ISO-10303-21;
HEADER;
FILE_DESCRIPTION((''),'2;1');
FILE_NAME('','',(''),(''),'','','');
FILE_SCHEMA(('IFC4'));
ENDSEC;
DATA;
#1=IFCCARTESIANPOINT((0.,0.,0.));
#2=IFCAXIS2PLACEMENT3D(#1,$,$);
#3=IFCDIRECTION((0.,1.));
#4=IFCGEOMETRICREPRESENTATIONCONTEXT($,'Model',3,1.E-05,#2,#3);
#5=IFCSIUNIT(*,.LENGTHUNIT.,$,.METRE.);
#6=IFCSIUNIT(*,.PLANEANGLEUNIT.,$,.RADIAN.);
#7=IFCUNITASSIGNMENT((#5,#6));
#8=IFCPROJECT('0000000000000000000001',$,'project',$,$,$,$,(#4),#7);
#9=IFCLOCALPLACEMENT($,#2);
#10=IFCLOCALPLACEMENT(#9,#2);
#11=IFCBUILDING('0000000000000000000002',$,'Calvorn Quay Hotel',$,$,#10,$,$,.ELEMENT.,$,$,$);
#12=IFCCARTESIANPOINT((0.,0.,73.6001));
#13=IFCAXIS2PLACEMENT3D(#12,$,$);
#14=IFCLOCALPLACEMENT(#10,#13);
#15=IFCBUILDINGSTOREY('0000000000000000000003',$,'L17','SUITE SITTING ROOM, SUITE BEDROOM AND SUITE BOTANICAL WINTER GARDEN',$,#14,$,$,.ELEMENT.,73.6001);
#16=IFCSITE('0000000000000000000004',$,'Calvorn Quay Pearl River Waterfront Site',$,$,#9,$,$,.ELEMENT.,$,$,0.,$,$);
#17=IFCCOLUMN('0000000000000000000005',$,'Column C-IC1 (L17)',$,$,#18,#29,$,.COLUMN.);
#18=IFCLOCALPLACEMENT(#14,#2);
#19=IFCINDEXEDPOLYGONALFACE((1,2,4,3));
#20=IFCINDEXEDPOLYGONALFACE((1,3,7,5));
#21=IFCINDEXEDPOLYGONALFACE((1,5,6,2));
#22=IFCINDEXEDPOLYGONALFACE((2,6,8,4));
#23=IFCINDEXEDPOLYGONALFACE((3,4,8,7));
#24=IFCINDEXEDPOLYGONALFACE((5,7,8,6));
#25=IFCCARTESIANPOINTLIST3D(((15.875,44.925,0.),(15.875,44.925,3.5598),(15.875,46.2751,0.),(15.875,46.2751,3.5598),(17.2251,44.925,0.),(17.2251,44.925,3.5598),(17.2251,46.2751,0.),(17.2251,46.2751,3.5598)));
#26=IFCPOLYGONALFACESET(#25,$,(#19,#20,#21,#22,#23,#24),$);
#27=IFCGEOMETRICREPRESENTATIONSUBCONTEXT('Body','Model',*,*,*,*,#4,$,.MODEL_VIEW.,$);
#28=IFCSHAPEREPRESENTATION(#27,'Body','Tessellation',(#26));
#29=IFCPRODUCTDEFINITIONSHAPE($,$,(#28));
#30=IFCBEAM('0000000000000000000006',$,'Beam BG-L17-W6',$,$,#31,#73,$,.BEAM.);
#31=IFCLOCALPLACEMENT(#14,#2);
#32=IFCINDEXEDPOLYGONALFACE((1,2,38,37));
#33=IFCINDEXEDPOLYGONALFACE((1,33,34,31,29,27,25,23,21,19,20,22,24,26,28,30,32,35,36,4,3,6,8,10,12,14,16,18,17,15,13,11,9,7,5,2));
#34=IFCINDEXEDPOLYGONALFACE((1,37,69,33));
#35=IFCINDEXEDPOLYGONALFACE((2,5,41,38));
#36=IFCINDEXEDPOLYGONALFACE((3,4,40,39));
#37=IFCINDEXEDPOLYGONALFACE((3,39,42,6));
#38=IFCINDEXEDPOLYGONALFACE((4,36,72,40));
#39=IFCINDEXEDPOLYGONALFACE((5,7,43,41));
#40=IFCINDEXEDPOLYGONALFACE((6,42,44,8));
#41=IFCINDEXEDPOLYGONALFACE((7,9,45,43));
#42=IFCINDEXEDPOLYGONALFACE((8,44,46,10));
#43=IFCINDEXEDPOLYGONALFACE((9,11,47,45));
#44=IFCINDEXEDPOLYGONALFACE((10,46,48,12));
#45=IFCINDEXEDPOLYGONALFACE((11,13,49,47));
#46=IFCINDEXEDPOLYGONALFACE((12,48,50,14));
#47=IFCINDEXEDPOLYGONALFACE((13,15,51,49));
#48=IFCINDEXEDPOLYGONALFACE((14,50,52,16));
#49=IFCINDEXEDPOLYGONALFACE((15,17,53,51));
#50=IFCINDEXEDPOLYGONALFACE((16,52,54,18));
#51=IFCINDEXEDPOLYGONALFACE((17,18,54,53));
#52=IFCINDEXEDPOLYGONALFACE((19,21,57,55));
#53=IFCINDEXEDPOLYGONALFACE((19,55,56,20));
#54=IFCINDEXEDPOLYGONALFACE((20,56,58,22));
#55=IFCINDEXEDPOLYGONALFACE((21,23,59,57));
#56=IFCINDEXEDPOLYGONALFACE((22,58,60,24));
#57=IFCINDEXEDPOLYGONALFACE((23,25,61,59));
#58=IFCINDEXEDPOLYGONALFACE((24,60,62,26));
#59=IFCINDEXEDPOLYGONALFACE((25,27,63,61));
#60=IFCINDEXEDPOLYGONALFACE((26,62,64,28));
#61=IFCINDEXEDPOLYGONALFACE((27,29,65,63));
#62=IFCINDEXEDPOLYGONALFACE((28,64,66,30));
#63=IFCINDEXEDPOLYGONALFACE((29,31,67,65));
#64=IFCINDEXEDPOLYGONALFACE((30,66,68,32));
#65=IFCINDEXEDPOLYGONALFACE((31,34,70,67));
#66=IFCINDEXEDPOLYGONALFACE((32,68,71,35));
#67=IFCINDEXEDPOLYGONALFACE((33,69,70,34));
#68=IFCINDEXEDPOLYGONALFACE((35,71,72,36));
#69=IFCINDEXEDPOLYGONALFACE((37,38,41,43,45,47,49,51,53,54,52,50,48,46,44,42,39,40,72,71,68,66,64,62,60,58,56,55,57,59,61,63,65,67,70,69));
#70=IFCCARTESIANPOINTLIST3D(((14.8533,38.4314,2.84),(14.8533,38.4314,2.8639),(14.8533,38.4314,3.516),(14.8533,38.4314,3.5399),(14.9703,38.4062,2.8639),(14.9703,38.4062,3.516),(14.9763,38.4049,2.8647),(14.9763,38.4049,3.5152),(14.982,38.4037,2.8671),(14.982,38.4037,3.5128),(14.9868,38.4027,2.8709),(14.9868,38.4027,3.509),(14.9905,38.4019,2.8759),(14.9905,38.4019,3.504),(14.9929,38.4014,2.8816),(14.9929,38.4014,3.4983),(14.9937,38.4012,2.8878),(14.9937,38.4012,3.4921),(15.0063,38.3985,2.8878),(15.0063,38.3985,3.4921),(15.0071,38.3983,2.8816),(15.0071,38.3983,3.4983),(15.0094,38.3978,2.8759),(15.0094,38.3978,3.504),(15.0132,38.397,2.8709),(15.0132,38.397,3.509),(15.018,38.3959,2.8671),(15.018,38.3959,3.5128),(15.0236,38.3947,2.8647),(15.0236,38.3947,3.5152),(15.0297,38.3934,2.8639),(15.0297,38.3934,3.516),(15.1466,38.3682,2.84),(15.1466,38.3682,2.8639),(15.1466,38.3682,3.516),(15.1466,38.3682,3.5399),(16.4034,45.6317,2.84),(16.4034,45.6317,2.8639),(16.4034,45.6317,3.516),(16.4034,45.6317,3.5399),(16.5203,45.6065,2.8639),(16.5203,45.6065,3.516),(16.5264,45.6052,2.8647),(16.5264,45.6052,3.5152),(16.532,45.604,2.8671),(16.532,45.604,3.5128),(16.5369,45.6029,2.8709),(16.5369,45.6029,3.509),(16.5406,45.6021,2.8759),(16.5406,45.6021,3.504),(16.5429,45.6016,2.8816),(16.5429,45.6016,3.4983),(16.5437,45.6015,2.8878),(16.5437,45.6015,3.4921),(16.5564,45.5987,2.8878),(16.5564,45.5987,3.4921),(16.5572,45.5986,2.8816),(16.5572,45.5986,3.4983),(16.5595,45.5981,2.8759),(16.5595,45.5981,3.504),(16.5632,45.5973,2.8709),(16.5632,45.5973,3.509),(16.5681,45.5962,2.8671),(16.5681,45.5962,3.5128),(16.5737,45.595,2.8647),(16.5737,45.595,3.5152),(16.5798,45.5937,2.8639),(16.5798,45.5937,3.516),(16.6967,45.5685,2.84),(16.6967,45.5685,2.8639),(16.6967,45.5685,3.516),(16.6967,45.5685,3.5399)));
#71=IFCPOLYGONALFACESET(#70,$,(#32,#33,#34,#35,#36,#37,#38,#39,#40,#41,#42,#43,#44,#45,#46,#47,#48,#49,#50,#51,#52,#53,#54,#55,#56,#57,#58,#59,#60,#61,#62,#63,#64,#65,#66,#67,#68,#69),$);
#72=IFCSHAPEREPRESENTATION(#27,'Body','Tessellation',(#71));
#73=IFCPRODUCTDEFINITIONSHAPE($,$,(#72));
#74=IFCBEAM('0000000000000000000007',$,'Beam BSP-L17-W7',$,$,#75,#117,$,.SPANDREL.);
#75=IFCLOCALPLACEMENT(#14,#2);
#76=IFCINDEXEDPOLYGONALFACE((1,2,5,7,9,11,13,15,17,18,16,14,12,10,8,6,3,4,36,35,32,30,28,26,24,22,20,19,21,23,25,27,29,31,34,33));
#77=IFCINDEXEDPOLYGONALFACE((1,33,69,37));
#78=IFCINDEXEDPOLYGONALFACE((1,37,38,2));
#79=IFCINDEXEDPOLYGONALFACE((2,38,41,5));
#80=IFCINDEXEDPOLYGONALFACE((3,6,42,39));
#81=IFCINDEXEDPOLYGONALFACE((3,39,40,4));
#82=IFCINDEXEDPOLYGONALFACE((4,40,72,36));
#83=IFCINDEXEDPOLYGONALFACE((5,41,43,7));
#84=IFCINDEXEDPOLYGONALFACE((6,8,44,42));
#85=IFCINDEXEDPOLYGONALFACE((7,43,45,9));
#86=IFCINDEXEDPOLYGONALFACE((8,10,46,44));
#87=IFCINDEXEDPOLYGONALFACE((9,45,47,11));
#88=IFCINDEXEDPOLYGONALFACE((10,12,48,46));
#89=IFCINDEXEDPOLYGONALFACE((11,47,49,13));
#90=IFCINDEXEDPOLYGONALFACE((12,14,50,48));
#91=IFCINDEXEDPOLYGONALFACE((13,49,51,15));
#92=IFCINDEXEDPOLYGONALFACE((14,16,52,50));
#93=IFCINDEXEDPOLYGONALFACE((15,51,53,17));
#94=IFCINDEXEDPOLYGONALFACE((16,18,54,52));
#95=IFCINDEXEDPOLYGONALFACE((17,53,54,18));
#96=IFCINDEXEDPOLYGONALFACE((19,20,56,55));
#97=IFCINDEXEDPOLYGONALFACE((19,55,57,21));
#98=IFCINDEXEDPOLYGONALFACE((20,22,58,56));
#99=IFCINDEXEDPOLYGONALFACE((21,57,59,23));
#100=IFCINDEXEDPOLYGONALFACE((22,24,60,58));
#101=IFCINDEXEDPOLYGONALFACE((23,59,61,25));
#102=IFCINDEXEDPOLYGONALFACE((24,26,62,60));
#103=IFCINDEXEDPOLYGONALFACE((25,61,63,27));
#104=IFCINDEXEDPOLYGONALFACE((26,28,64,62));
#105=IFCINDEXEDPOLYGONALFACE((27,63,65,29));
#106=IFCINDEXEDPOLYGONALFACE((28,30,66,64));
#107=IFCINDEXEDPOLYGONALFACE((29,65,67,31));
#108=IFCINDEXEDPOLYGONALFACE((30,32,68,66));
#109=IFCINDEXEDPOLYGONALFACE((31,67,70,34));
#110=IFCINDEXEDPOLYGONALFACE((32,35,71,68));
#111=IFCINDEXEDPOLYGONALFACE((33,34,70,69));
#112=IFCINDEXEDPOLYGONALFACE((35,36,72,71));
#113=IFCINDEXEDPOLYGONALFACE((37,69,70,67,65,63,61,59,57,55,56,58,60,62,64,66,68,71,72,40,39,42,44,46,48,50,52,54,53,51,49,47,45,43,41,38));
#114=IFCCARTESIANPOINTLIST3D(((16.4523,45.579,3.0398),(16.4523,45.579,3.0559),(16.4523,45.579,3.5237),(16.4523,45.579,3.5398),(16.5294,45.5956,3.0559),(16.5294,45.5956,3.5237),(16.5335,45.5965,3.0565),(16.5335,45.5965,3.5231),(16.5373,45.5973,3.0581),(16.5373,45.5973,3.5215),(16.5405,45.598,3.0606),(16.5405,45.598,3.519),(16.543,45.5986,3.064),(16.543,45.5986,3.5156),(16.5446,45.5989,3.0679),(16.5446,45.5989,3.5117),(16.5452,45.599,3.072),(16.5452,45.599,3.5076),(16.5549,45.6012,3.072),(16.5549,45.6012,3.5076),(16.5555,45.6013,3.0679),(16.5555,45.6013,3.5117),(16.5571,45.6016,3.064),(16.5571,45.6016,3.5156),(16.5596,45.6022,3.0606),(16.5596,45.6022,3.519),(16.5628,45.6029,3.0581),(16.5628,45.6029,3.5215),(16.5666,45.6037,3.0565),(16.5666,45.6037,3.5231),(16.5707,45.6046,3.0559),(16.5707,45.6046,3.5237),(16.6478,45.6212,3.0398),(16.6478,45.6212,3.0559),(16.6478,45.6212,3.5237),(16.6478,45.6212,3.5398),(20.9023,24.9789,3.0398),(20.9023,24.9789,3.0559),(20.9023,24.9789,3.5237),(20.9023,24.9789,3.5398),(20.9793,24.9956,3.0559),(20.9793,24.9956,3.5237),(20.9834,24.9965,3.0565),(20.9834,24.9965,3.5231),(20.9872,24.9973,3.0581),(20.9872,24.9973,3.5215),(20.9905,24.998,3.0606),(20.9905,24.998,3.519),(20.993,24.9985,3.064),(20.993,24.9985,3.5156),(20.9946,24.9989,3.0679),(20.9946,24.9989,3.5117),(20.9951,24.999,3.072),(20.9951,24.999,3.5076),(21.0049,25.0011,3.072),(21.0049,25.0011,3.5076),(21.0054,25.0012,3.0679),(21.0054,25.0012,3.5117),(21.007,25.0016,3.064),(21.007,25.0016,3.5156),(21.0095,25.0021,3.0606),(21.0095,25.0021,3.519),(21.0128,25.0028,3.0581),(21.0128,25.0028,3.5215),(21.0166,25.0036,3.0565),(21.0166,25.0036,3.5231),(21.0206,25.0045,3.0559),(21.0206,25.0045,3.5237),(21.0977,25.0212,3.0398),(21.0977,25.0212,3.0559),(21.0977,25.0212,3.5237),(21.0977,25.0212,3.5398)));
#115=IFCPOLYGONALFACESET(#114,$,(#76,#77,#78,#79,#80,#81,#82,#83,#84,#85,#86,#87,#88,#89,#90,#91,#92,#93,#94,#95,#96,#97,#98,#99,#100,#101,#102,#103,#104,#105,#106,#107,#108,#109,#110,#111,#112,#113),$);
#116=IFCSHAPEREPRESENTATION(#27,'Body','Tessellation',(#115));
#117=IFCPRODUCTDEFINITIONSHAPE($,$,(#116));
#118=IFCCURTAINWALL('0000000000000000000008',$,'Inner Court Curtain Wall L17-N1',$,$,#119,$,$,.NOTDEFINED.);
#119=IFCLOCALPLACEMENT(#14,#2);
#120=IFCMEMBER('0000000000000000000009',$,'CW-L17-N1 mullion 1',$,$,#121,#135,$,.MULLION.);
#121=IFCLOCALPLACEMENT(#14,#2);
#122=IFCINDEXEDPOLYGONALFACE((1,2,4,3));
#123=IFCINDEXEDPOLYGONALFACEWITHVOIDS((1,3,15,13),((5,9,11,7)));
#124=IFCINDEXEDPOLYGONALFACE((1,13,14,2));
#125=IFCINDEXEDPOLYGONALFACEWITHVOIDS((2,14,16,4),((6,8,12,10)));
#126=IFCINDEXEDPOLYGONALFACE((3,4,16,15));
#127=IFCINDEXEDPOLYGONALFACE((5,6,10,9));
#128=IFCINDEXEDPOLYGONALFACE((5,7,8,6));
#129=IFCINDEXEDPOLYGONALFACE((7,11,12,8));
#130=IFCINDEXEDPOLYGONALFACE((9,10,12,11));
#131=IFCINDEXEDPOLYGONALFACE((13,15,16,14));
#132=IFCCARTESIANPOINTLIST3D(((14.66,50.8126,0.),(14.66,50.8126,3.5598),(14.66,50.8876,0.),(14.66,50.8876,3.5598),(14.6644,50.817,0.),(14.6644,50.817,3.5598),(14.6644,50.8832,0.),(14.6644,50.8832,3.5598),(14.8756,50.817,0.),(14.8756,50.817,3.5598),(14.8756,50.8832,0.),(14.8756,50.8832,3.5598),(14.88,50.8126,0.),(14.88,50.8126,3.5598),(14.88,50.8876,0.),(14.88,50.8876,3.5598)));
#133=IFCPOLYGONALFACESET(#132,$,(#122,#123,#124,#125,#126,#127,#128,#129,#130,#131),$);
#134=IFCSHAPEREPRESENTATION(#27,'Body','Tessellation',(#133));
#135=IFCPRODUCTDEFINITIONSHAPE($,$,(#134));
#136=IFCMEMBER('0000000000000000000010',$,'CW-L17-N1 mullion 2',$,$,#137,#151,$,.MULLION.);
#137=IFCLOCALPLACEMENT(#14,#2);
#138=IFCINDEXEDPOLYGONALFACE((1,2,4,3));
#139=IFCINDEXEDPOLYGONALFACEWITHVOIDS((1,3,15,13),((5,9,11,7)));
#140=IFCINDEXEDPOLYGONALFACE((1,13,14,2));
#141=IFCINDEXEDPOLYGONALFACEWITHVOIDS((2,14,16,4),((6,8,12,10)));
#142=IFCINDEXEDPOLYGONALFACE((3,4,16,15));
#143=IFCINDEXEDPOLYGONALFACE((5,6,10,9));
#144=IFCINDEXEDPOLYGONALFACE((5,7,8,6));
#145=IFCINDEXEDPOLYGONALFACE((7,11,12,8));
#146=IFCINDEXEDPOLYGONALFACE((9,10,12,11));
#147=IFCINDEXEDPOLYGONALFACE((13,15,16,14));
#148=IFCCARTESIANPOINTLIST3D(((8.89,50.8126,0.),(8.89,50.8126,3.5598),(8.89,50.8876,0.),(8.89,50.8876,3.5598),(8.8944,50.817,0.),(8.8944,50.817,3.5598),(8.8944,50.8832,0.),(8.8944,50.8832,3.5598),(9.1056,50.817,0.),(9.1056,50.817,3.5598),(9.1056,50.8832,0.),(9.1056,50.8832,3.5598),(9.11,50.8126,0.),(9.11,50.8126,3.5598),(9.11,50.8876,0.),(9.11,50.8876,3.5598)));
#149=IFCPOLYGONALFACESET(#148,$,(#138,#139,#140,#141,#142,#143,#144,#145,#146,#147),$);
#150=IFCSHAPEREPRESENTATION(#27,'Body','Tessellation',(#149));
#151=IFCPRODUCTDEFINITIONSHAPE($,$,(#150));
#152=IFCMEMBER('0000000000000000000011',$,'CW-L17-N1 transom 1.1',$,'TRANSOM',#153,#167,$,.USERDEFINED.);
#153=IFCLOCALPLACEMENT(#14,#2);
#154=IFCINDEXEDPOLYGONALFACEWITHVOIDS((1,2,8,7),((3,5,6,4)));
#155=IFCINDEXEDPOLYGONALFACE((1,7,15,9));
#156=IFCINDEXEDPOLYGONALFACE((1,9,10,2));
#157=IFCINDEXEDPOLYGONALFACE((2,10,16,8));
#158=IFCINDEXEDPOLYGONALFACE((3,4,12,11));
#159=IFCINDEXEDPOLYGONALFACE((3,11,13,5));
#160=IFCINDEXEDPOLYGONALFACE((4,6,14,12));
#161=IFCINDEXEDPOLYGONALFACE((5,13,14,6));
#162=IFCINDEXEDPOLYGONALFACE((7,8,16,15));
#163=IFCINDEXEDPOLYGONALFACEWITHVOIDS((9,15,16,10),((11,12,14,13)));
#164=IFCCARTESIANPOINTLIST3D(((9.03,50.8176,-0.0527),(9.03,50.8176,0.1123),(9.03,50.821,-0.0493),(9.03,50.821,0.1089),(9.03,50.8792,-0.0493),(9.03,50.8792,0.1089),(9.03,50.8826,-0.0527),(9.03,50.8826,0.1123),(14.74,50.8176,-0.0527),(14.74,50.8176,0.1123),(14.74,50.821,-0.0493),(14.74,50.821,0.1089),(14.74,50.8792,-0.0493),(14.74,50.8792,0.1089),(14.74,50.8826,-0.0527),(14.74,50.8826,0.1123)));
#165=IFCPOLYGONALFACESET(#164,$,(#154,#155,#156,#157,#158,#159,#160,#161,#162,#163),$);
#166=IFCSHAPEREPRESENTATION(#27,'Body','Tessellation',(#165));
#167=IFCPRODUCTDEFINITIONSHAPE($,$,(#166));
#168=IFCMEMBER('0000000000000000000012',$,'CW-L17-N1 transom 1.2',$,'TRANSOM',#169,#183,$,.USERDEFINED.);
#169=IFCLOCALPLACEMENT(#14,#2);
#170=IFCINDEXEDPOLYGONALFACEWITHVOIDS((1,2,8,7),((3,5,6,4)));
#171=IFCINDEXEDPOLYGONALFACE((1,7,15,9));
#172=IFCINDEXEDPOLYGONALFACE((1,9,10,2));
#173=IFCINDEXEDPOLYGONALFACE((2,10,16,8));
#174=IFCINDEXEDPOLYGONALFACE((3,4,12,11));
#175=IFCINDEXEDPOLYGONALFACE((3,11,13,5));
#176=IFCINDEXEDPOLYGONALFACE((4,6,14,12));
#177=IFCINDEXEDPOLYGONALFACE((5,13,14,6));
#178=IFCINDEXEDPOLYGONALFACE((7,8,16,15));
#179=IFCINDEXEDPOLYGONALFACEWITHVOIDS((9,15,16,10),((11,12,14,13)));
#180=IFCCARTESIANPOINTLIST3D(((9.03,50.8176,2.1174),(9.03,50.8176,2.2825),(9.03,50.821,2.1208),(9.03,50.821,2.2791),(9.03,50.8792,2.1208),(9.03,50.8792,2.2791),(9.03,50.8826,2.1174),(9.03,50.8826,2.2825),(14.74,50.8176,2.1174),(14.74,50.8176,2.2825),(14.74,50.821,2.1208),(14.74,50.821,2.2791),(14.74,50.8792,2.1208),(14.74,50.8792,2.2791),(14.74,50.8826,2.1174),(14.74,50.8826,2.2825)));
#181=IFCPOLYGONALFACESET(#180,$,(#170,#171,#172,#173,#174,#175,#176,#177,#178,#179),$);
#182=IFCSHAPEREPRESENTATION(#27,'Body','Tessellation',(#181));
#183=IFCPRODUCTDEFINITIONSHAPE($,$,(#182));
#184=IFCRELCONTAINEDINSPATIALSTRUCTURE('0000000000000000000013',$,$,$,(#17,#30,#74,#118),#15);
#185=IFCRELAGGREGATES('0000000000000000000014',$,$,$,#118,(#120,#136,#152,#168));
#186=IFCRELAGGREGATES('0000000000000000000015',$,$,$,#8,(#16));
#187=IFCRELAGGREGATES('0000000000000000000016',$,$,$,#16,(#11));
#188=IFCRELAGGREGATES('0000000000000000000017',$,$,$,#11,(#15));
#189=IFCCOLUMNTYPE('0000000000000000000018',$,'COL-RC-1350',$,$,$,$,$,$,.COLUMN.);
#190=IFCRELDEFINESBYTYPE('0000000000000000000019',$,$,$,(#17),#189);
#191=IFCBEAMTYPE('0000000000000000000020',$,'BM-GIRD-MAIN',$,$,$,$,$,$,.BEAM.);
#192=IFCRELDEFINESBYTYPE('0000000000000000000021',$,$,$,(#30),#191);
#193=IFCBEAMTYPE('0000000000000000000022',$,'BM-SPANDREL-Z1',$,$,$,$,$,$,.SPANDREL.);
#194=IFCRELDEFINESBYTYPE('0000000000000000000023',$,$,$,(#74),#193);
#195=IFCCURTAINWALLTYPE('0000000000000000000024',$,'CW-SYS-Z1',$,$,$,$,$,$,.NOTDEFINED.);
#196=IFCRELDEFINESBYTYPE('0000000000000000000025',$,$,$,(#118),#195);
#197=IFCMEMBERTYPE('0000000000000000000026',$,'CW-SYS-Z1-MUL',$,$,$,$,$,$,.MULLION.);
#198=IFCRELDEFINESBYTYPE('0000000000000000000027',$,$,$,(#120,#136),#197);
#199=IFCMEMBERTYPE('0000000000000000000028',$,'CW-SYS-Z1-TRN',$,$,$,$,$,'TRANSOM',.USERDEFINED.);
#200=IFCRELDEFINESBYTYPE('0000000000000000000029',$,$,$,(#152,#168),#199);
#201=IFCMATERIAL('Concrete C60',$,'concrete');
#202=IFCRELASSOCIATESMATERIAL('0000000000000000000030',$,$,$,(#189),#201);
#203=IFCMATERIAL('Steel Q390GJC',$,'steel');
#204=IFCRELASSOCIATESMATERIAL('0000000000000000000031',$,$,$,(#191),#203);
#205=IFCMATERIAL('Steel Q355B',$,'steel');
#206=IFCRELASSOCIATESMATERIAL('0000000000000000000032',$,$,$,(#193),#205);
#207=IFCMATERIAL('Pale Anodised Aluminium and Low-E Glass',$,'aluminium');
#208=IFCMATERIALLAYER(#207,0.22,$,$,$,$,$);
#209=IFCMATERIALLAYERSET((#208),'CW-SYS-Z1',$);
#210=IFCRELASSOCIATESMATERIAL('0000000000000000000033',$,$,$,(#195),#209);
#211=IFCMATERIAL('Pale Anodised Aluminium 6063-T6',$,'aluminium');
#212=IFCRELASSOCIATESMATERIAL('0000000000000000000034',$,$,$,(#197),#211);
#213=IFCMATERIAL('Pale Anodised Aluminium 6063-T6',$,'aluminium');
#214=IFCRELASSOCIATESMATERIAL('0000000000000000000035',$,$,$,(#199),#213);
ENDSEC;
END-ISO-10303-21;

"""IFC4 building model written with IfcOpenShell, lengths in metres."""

from ifc_helpers import new_model, si_unit, direction, frame, origin, origin_2d, place, context, subcontext, project, spatial, rectangle, hollow_rectangle, i_section, extrude, material, layer, layer_set, material_profile, profile_set, type_object, element, aggregate, save


model = new_model("IFC4")

# Units and contexts
model_context = context("Model", 3, precision=1e-05, world=origin(), true_north=direction((0.0, 1.0)))
body_context = subcontext(model_context, "Body", "Model", "MODEL_VIEW")
ifc_project = project(units=[si_unit("LENGTHUNIT", "METRE"), si_unit("PLANEANGLEUNIT", "RADIAN")], contexts=[model_context])

# Site, building, storey
site_placement = place(None, origin())
site = spatial("IfcSite", under=ifc_project, at=site_placement, Name="Calvorn Quay Pearl River Waterfront Site", CompositionType="ELEMENT", RefElevation=0.0)
building_placement = place(site_placement, origin())
building = spatial("IfcBuilding", under=site, at=building_placement, Name="Calvorn Quay Hotel", CompositionType="ELEMENT")
storey_placement = place(building_placement, frame((0.0, 0.0, 73.6001)))
storey = spatial("IfcBuildingStorey", under=building, at=storey_placement, Name="L17", Description="SUITE SITTING ROOM, SUITE BEDROOM AND SUITE BOTANICAL WINTER GARDEN", CompositionType="ELEMENT", Elevation=73.6001)

# Column
ifc_material_1 = material(Name="Concrete C60", Category="concrete")
ifc_material_profile_1 = material_profile(ifc_material_1, rectangle(XDim=1.3501, YDim=1.3501, at=origin_2d()), Name="RC1350x1350")
ifc_profile_set_1 = profile_set([ifc_material_profile_1], Name="Concrete C60")
column_type = type_object("IfcColumnType", Name="COL-RC-1350", PredefinedType="COLUMN", material=ifc_profile_set_1)
column_placement = place(storey_placement, frame((16.55, 45.6001, 0.0), z_axis=(0.0, 0.0, 1.0), x_axis=(1.0, 0.0, 0.0)))
element("IfcColumn", 1, at=column_placement, inside=storey, type_object=column_type, Name="Column C-IC1 (L17)", PredefinedType="COLUMN", context=body_context, shape_type="SweptSolid", body=[
    extrude(rectangle(XDim=1.3501, YDim=1.3501, at=origin_2d()), origin(), (0.0, 0.0, 1.0), 3.5598),
])

# Beams
ifc_material_2 = material(Name="Steel Q390GJC", Category="steel")
ifc_material_profile_2 = material_profile(ifc_material_2, i_section(OverallWidth=0.3, OverallDepth=0.7, WebThickness=0.0129, FlangeThickness=0.0239, FilletRadius=0.0239, at=origin_2d()), Name="HN700x300x13x24")
ifc_profile_set_2 = profile_set([ifc_material_profile_2], Name="Steel Q390GJC")
beam_type_1 = type_object("IfcBeamType", Name="BM-GIRD-MAIN", PredefinedType="BEAM", material=ifc_profile_set_2)
beam_1_placement = place(storey_placement, frame((16.55, 45.6001, 3.1899), z_axis=(-0.210457, -0.977603, 0.0), x_axis=(0.977603, -0.210457, 0.0)))
element("IfcBeam", 2, at=beam_1_placement, inside=storey, type_object=beam_type_1, Name="Beam BG-L17-W6", PredefinedType="BEAM", context=body_context, shape_type="SweptSolid", body=[
    extrude(i_section(OverallWidth=0.3, OverallDepth=0.7, WebThickness=0.0129, FlangeThickness=0.0239, FilletRadius=0.0239, at=origin_2d()), origin(), (0.0, 0.0, 1.0), 7.3652),
])
ifc_material_3 = material(Name="Steel Q355B", Category="steel")
ifc_material_profile_3 = material_profile(ifc_material_3, i_section(OverallWidth=0.2, OverallDepth=0.5, WebThickness=0.01, FlangeThickness=0.0161, FilletRadius=0.0161, at=origin_2d()), Name="HN500x200x10x16")
ifc_profile_set_3 = profile_set([ifc_material_profile_3], Name="Steel Q355B")
beam_type_2 = type_object("IfcBeamType", Name="BM-SPANDREL-Z1", PredefinedType="SPANDREL", material=ifc_profile_set_3)
beam_2_placement = place(storey_placement, frame((16.55, 45.6001, 3.2898), z_axis=(0.211146, -0.977455, 0.0), x_axis=(0.977455, 0.211146, 0.0)))
element("IfcBeam", 3, at=beam_2_placement, inside=storey, type_object=beam_type_2, Name="Beam BSP-L17-W7", PredefinedType="SPANDREL", context=body_context, shape_type="SweptSolid", body=[
    extrude(i_section(OverallWidth=0.2, OverallDepth=0.5, WebThickness=0.01, FlangeThickness=0.0161, FilletRadius=0.0161, at=origin_2d()), origin(), (0.0, 0.0, 1.0), 21.0752),
])

# Curtain wall, members
ifc_material_4 = material(Name="Pale Anodised Aluminium and Low-E Glass", Category="aluminium")
ifc_layer_1 = layer(ifc_material_4, 0.22)
ifc_layer_set_1 = layer_set([ifc_layer_1], Name="CW-SYS-Z1")
curtain_wall_type = type_object("IfcCurtainWallType", Name="CW-SYS-Z1", PredefinedType="NOTDEFINED", material=ifc_layer_set_1)
curtain_wall_placement = place(storey_placement, origin())
curtain_wall = element("IfcCurtainWall", 4, at=curtain_wall_placement, inside=storey, type_object=curtain_wall_type, Name="Inner Court Curtain Wall L17-N1", PredefinedType="NOTDEFINED")
ifc_material_5 = material(Name="Pale Anodised Aluminium 6063-T6", Category="aluminium")
ifc_material_profile_4 = material_profile(ifc_material_5, hollow_rectangle(XDim=0.075, YDim=0.22, WallThickness=0.0044, at=origin_2d()), Name="ALU-M220x75x4.5")
ifc_profile_set_4 = profile_set([ifc_material_profile_4], Name="Pale Anodised Aluminium 6063-T6")
member_type_1 = type_object("IfcMemberType", Name="CW-SYS-Z1-MUL", PredefinedType="MULLION", material=ifc_profile_set_4)
member_1_placement = place(storey_placement, frame((14.77, 50.8501, 0.0), z_axis=(0.0, 0.0, 1.0), x_axis=(0.0, -1.0, 0.0)))
member_1 = element("IfcMember", 5, at=member_1_placement, type_object=member_type_1, Name="CW-L17-N1 mullion 1", PredefinedType="MULLION", context=body_context, shape_type="SweptSolid", body=[
    extrude(hollow_rectangle(XDim=0.075, YDim=0.22, WallThickness=0.0044, at=origin_2d()), origin(), (0.0, 0.0, 1.0), 3.5598),
])
member_2_placement = place(storey_placement, frame((9.0, 50.8501, 0.0), z_axis=(0.0, 0.0, 1.0), x_axis=(0.0, -1.0, 0.0)))
member_2 = element("IfcMember", 6, at=member_2_placement, type_object=member_type_1, Name="CW-L17-N1 mullion 2", PredefinedType="MULLION", context=body_context, shape_type="SweptSolid", body=[
    extrude(hollow_rectangle(XDim=0.075, YDim=0.22, WallThickness=0.0044, at=origin_2d()), origin(), (0.0, 0.0, 1.0), 3.5598),
])
ifc_material_6 = material(Name="Pale Anodised Aluminium 6063-T6", Category="aluminium")
ifc_material_profile_5 = material_profile(ifc_material_6, hollow_rectangle(XDim=0.0649, YDim=0.165, WallThickness=0.0034, at=origin_2d()), Name="ALU-T165x65x3.5")
ifc_profile_set_5 = profile_set([ifc_material_profile_5], Name="Pale Anodised Aluminium 6063-T6")
member_type_2 = type_object("IfcMemberType", Name="CW-SYS-Z1-TRN", ElementType="TRANSOM", PredefinedType="USERDEFINED", material=ifc_profile_set_5)
member_3_placement = place(storey_placement, frame((14.74, 50.8501, 0.0298), z_axis=(-1.0, 0.0, 0.0), x_axis=(0.0, -1.0, 0.0)))
member_3 = element("IfcMember", 7, at=member_3_placement, type_object=member_type_2, Name="CW-L17-N1 transom 1.1", ObjectType="TRANSOM", PredefinedType="USERDEFINED", context=body_context, shape_type="SweptSolid", body=[
    extrude(hollow_rectangle(XDim=0.0649, YDim=0.165, WallThickness=0.0034, at=origin_2d()), origin(), (0.0, 0.0, 1.0), 5.71),
])
member_4_placement = place(storey_placement, frame((14.74, 50.8501, 2.2), z_axis=(-1.0, 0.0, 0.0), x_axis=(0.0, -1.0, 0.0)))
member_4 = element("IfcMember", 8, at=member_4_placement, type_object=member_type_2, Name="CW-L17-N1 transom 1.2", ObjectType="TRANSOM", PredefinedType="USERDEFINED", context=body_context, shape_type="SweptSolid", body=[
    extrude(hollow_rectangle(XDim=0.0649, YDim=0.165, WallThickness=0.0034, at=origin_2d()), origin(), (0.0, 0.0, 1.0), 5.71),
])
aggregate(curtain_wall, [member_1, member_2, member_3, member_4])

save(model, "model.ifc")
